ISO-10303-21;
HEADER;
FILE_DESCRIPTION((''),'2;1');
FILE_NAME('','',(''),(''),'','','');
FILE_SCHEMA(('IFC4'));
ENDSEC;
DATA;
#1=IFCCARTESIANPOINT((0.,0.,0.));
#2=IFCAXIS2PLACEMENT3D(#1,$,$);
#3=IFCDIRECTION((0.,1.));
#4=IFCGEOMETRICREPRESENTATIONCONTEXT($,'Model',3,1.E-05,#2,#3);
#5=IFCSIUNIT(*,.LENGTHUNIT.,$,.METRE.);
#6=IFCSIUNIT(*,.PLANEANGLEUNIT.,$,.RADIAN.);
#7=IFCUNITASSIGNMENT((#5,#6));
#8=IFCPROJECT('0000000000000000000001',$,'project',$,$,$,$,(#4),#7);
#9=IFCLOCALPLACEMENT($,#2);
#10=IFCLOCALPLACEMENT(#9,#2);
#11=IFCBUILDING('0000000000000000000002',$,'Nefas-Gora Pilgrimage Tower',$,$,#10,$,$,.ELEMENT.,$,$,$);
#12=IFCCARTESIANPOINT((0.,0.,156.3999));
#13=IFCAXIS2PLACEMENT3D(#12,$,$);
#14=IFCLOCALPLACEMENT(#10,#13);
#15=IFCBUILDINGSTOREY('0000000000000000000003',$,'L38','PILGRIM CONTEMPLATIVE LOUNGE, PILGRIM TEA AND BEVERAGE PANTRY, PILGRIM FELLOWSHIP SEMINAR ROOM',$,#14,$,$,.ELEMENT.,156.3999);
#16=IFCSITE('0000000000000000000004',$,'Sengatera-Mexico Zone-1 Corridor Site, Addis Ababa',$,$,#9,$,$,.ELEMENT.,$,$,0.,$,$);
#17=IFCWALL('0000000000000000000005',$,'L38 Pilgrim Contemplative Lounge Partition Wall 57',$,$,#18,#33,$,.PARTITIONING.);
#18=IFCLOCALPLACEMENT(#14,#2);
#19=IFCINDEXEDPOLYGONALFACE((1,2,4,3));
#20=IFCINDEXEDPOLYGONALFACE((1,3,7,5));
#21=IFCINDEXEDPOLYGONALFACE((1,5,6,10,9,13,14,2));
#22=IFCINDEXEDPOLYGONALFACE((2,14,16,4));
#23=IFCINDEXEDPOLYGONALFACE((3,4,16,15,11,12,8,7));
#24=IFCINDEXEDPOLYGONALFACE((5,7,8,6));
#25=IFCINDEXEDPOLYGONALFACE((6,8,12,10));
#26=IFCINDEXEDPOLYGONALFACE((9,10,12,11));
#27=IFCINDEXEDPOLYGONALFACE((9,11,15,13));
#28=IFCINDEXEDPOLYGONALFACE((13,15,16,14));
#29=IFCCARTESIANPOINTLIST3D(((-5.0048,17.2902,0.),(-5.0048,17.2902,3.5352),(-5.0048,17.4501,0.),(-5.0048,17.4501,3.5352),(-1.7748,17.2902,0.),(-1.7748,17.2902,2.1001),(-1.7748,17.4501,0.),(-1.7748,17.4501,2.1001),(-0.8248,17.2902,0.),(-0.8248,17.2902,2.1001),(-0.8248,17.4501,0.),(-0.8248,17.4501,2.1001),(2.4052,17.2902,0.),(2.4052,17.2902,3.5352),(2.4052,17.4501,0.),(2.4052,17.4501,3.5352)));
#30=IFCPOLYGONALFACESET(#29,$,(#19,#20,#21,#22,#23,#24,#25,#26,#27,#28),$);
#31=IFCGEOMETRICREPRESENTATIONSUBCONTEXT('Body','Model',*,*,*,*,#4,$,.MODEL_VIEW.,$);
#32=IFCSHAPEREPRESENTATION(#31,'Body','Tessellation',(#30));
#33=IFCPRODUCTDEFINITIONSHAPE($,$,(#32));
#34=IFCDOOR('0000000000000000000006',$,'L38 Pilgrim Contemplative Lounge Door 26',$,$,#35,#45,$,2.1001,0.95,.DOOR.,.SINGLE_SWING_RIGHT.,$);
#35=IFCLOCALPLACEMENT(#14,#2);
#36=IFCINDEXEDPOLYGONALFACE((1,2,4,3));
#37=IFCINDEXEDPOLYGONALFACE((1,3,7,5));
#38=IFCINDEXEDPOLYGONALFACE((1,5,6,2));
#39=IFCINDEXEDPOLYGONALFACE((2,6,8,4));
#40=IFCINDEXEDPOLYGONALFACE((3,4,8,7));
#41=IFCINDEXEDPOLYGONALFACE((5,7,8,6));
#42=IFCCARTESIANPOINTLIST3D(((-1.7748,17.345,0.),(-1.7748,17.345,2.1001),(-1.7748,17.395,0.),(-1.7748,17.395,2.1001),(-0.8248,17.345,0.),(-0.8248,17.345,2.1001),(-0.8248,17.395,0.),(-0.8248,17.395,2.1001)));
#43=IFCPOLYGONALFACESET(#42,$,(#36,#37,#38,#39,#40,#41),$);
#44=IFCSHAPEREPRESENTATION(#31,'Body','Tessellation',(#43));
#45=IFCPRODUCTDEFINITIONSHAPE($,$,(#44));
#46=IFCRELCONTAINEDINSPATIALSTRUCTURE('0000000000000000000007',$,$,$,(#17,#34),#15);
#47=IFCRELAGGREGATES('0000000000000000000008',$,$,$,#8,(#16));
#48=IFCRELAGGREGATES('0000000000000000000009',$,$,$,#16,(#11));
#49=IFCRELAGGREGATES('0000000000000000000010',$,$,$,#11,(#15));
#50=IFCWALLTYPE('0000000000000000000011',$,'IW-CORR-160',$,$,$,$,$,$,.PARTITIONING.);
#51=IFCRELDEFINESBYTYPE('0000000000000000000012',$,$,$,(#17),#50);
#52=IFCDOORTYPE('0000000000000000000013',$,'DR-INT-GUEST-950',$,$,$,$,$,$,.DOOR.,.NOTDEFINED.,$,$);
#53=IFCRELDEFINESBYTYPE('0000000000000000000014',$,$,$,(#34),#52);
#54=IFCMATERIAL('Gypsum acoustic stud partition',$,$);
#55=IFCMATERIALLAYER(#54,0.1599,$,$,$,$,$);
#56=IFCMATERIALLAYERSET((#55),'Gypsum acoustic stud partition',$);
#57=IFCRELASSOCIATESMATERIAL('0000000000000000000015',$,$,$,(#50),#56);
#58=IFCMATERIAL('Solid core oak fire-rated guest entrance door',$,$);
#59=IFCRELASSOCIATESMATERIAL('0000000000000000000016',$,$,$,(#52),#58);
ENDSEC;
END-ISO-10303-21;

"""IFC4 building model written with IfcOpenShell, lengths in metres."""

from ifc_helpers import new_model, si_unit, direction, frame, frame_2d, origin, place, context, subcontext, project, spatial, rectangle, extrude, source, transform, mapped, material, layer, layer_set, type_object, element, fill, save


model = new_model("IFC4")

# Units and contexts
model_context = context("Model", 3, precision=1e-05, world=origin(), true_north=direction((0.0, 1.0)))
body_context = subcontext(model_context, "Body", "Model", "MODEL_VIEW")
ifc_project = project(units=[si_unit("LENGTHUNIT", "METRE"), si_unit("PLANEANGLEUNIT", "RADIAN")], contexts=[model_context])

# Site, building, storey
site_placement = place(None, origin())
site = spatial("IfcSite", under=ifc_project, at=site_placement, Name="Sengatera-Mexico Zone-1 Corridor Site, Addis Ababa", CompositionType="ELEMENT", RefElevation=0.0)
building_placement = place(site_placement, origin())
building = spatial("IfcBuilding", under=site, at=building_placement, Name="Nefas-Gora Pilgrimage Tower", CompositionType="ELEMENT")
storey_placement = place(building_placement, frame((0.0, 0.0, 156.3999)))
storey = spatial("IfcBuildingStorey", under=building, at=storey_placement, Name="L38", Description="PILGRIM CONTEMPLATIVE LOUNGE, PILGRIM TEA AND BEVERAGE PANTRY, PILGRIM FELLOWSHIP SEMINAR ROOM", CompositionType="ELEMENT", Elevation=156.3999)

# Shared definitions
ifc_material_1 = material(Name="Gypsum acoustic stud partition")
ifc_layer_1 = layer(ifc_material_1, 0.1599)
ifc_layer_set_1 = layer_set([ifc_layer_1], Name="Gypsum acoustic stud partition")
wall_type_1 = type_object("IfcWallType", Name="IW-CORR-160", PredefinedType="PARTITIONING", material=ifc_layer_set_1)
ifc_material_2 = material(Name="Solid core oak fire-rated guest entrance door")
door_type_1 = type_object("IfcDoorType", Name="DR-INT-GUEST-950", OperationType="NOTDEFINED", PredefinedType="DOOR", material=ifc_material_2)
shared_shape_1 = source(origin(), body_context, "Body", "SweptSolid", [
    extrude(rectangle(XDim=0.95, YDim=2.1001, at=frame_2d((0.4751, 1.05))), frame((0.0, 0.0249, 0.0), z_axis=(0.0, -1.0, 0.0), x_axis=(1.0, 0.0, 0.0)), (0.0, 0.0, 1.0), 0.05),
])

# Wall, opening, door
shared_shape_2 = source(origin(), body_context, "Body", "SweptSolid", [
    extrude(rectangle(XDim=7.4099, YDim=0.1599, at=frame_2d((3.7051, 0.0))), origin(), (0.0, 0.0, 1.0), 3.5352),
])
wall_1_placement = place(storey_placement, frame((-5.0049, 17.3701, 0.0), z_axis=(0.0, 0.0, 1.0), x_axis=(1.0, 0.0, 0.0)))
wall_1 = element("IfcWall", 1, at=wall_1_placement, inside=storey, type_object=wall_type_1, Name="L38 Pilgrim Contemplative Lounge Partition Wall 57", PredefinedType="PARTITIONING", context=body_context, shape_type="MappedRepresentation", body=[
    mapped(shared_shape_2, transform((0.0, 0.0, 0.0), x_axis=(1.0, 0.0, 0.0), y_axis=(0.0, 1.0, 0.0), z_axis=(0.0, 0.0, 1.0), scale=1.0)),
])
opening_1_placement = place(wall_1_placement, frame((3.23, 0.0, 0.0)))
opening_1 = element("IfcOpeningElement", 2, at=opening_1_placement, cuts=wall_1, PredefinedType="OPENING", context=body_context, shape_type="SweptSolid", body=[
    extrude(rectangle(XDim=0.95, YDim=2.1001, at=frame_2d((0.4751, 1.05))), frame((0.0, 0.0898, 0.0), z_axis=(0.0, -1.0, 0.0), x_axis=(1.0, 0.0, 0.0)), (0.0, 0.0, 1.0), 0.1799),
])
door_1_placement = place(opening_1_placement, origin())
door_1 = element("IfcDoor", 3, at=door_1_placement, inside=storey, type_object=door_type_1, Name="L38 Pilgrim Contemplative Lounge Door 26", OperationType="SINGLE_SWING_RIGHT", OverallHeight=2.1001, OverallWidth=0.95, PredefinedType="DOOR", context=body_context, shape_type="MappedRepresentation", body=[
    mapped(shared_shape_1, transform((0.0, 0.0, 0.0), x_axis=(1.0, 0.0, 0.0), y_axis=(0.0, 1.0, 0.0), z_axis=(0.0, 0.0, 1.0), scale=1.0)),
])
fill(opening_1, door_1)

save(model, "model.ifc")
